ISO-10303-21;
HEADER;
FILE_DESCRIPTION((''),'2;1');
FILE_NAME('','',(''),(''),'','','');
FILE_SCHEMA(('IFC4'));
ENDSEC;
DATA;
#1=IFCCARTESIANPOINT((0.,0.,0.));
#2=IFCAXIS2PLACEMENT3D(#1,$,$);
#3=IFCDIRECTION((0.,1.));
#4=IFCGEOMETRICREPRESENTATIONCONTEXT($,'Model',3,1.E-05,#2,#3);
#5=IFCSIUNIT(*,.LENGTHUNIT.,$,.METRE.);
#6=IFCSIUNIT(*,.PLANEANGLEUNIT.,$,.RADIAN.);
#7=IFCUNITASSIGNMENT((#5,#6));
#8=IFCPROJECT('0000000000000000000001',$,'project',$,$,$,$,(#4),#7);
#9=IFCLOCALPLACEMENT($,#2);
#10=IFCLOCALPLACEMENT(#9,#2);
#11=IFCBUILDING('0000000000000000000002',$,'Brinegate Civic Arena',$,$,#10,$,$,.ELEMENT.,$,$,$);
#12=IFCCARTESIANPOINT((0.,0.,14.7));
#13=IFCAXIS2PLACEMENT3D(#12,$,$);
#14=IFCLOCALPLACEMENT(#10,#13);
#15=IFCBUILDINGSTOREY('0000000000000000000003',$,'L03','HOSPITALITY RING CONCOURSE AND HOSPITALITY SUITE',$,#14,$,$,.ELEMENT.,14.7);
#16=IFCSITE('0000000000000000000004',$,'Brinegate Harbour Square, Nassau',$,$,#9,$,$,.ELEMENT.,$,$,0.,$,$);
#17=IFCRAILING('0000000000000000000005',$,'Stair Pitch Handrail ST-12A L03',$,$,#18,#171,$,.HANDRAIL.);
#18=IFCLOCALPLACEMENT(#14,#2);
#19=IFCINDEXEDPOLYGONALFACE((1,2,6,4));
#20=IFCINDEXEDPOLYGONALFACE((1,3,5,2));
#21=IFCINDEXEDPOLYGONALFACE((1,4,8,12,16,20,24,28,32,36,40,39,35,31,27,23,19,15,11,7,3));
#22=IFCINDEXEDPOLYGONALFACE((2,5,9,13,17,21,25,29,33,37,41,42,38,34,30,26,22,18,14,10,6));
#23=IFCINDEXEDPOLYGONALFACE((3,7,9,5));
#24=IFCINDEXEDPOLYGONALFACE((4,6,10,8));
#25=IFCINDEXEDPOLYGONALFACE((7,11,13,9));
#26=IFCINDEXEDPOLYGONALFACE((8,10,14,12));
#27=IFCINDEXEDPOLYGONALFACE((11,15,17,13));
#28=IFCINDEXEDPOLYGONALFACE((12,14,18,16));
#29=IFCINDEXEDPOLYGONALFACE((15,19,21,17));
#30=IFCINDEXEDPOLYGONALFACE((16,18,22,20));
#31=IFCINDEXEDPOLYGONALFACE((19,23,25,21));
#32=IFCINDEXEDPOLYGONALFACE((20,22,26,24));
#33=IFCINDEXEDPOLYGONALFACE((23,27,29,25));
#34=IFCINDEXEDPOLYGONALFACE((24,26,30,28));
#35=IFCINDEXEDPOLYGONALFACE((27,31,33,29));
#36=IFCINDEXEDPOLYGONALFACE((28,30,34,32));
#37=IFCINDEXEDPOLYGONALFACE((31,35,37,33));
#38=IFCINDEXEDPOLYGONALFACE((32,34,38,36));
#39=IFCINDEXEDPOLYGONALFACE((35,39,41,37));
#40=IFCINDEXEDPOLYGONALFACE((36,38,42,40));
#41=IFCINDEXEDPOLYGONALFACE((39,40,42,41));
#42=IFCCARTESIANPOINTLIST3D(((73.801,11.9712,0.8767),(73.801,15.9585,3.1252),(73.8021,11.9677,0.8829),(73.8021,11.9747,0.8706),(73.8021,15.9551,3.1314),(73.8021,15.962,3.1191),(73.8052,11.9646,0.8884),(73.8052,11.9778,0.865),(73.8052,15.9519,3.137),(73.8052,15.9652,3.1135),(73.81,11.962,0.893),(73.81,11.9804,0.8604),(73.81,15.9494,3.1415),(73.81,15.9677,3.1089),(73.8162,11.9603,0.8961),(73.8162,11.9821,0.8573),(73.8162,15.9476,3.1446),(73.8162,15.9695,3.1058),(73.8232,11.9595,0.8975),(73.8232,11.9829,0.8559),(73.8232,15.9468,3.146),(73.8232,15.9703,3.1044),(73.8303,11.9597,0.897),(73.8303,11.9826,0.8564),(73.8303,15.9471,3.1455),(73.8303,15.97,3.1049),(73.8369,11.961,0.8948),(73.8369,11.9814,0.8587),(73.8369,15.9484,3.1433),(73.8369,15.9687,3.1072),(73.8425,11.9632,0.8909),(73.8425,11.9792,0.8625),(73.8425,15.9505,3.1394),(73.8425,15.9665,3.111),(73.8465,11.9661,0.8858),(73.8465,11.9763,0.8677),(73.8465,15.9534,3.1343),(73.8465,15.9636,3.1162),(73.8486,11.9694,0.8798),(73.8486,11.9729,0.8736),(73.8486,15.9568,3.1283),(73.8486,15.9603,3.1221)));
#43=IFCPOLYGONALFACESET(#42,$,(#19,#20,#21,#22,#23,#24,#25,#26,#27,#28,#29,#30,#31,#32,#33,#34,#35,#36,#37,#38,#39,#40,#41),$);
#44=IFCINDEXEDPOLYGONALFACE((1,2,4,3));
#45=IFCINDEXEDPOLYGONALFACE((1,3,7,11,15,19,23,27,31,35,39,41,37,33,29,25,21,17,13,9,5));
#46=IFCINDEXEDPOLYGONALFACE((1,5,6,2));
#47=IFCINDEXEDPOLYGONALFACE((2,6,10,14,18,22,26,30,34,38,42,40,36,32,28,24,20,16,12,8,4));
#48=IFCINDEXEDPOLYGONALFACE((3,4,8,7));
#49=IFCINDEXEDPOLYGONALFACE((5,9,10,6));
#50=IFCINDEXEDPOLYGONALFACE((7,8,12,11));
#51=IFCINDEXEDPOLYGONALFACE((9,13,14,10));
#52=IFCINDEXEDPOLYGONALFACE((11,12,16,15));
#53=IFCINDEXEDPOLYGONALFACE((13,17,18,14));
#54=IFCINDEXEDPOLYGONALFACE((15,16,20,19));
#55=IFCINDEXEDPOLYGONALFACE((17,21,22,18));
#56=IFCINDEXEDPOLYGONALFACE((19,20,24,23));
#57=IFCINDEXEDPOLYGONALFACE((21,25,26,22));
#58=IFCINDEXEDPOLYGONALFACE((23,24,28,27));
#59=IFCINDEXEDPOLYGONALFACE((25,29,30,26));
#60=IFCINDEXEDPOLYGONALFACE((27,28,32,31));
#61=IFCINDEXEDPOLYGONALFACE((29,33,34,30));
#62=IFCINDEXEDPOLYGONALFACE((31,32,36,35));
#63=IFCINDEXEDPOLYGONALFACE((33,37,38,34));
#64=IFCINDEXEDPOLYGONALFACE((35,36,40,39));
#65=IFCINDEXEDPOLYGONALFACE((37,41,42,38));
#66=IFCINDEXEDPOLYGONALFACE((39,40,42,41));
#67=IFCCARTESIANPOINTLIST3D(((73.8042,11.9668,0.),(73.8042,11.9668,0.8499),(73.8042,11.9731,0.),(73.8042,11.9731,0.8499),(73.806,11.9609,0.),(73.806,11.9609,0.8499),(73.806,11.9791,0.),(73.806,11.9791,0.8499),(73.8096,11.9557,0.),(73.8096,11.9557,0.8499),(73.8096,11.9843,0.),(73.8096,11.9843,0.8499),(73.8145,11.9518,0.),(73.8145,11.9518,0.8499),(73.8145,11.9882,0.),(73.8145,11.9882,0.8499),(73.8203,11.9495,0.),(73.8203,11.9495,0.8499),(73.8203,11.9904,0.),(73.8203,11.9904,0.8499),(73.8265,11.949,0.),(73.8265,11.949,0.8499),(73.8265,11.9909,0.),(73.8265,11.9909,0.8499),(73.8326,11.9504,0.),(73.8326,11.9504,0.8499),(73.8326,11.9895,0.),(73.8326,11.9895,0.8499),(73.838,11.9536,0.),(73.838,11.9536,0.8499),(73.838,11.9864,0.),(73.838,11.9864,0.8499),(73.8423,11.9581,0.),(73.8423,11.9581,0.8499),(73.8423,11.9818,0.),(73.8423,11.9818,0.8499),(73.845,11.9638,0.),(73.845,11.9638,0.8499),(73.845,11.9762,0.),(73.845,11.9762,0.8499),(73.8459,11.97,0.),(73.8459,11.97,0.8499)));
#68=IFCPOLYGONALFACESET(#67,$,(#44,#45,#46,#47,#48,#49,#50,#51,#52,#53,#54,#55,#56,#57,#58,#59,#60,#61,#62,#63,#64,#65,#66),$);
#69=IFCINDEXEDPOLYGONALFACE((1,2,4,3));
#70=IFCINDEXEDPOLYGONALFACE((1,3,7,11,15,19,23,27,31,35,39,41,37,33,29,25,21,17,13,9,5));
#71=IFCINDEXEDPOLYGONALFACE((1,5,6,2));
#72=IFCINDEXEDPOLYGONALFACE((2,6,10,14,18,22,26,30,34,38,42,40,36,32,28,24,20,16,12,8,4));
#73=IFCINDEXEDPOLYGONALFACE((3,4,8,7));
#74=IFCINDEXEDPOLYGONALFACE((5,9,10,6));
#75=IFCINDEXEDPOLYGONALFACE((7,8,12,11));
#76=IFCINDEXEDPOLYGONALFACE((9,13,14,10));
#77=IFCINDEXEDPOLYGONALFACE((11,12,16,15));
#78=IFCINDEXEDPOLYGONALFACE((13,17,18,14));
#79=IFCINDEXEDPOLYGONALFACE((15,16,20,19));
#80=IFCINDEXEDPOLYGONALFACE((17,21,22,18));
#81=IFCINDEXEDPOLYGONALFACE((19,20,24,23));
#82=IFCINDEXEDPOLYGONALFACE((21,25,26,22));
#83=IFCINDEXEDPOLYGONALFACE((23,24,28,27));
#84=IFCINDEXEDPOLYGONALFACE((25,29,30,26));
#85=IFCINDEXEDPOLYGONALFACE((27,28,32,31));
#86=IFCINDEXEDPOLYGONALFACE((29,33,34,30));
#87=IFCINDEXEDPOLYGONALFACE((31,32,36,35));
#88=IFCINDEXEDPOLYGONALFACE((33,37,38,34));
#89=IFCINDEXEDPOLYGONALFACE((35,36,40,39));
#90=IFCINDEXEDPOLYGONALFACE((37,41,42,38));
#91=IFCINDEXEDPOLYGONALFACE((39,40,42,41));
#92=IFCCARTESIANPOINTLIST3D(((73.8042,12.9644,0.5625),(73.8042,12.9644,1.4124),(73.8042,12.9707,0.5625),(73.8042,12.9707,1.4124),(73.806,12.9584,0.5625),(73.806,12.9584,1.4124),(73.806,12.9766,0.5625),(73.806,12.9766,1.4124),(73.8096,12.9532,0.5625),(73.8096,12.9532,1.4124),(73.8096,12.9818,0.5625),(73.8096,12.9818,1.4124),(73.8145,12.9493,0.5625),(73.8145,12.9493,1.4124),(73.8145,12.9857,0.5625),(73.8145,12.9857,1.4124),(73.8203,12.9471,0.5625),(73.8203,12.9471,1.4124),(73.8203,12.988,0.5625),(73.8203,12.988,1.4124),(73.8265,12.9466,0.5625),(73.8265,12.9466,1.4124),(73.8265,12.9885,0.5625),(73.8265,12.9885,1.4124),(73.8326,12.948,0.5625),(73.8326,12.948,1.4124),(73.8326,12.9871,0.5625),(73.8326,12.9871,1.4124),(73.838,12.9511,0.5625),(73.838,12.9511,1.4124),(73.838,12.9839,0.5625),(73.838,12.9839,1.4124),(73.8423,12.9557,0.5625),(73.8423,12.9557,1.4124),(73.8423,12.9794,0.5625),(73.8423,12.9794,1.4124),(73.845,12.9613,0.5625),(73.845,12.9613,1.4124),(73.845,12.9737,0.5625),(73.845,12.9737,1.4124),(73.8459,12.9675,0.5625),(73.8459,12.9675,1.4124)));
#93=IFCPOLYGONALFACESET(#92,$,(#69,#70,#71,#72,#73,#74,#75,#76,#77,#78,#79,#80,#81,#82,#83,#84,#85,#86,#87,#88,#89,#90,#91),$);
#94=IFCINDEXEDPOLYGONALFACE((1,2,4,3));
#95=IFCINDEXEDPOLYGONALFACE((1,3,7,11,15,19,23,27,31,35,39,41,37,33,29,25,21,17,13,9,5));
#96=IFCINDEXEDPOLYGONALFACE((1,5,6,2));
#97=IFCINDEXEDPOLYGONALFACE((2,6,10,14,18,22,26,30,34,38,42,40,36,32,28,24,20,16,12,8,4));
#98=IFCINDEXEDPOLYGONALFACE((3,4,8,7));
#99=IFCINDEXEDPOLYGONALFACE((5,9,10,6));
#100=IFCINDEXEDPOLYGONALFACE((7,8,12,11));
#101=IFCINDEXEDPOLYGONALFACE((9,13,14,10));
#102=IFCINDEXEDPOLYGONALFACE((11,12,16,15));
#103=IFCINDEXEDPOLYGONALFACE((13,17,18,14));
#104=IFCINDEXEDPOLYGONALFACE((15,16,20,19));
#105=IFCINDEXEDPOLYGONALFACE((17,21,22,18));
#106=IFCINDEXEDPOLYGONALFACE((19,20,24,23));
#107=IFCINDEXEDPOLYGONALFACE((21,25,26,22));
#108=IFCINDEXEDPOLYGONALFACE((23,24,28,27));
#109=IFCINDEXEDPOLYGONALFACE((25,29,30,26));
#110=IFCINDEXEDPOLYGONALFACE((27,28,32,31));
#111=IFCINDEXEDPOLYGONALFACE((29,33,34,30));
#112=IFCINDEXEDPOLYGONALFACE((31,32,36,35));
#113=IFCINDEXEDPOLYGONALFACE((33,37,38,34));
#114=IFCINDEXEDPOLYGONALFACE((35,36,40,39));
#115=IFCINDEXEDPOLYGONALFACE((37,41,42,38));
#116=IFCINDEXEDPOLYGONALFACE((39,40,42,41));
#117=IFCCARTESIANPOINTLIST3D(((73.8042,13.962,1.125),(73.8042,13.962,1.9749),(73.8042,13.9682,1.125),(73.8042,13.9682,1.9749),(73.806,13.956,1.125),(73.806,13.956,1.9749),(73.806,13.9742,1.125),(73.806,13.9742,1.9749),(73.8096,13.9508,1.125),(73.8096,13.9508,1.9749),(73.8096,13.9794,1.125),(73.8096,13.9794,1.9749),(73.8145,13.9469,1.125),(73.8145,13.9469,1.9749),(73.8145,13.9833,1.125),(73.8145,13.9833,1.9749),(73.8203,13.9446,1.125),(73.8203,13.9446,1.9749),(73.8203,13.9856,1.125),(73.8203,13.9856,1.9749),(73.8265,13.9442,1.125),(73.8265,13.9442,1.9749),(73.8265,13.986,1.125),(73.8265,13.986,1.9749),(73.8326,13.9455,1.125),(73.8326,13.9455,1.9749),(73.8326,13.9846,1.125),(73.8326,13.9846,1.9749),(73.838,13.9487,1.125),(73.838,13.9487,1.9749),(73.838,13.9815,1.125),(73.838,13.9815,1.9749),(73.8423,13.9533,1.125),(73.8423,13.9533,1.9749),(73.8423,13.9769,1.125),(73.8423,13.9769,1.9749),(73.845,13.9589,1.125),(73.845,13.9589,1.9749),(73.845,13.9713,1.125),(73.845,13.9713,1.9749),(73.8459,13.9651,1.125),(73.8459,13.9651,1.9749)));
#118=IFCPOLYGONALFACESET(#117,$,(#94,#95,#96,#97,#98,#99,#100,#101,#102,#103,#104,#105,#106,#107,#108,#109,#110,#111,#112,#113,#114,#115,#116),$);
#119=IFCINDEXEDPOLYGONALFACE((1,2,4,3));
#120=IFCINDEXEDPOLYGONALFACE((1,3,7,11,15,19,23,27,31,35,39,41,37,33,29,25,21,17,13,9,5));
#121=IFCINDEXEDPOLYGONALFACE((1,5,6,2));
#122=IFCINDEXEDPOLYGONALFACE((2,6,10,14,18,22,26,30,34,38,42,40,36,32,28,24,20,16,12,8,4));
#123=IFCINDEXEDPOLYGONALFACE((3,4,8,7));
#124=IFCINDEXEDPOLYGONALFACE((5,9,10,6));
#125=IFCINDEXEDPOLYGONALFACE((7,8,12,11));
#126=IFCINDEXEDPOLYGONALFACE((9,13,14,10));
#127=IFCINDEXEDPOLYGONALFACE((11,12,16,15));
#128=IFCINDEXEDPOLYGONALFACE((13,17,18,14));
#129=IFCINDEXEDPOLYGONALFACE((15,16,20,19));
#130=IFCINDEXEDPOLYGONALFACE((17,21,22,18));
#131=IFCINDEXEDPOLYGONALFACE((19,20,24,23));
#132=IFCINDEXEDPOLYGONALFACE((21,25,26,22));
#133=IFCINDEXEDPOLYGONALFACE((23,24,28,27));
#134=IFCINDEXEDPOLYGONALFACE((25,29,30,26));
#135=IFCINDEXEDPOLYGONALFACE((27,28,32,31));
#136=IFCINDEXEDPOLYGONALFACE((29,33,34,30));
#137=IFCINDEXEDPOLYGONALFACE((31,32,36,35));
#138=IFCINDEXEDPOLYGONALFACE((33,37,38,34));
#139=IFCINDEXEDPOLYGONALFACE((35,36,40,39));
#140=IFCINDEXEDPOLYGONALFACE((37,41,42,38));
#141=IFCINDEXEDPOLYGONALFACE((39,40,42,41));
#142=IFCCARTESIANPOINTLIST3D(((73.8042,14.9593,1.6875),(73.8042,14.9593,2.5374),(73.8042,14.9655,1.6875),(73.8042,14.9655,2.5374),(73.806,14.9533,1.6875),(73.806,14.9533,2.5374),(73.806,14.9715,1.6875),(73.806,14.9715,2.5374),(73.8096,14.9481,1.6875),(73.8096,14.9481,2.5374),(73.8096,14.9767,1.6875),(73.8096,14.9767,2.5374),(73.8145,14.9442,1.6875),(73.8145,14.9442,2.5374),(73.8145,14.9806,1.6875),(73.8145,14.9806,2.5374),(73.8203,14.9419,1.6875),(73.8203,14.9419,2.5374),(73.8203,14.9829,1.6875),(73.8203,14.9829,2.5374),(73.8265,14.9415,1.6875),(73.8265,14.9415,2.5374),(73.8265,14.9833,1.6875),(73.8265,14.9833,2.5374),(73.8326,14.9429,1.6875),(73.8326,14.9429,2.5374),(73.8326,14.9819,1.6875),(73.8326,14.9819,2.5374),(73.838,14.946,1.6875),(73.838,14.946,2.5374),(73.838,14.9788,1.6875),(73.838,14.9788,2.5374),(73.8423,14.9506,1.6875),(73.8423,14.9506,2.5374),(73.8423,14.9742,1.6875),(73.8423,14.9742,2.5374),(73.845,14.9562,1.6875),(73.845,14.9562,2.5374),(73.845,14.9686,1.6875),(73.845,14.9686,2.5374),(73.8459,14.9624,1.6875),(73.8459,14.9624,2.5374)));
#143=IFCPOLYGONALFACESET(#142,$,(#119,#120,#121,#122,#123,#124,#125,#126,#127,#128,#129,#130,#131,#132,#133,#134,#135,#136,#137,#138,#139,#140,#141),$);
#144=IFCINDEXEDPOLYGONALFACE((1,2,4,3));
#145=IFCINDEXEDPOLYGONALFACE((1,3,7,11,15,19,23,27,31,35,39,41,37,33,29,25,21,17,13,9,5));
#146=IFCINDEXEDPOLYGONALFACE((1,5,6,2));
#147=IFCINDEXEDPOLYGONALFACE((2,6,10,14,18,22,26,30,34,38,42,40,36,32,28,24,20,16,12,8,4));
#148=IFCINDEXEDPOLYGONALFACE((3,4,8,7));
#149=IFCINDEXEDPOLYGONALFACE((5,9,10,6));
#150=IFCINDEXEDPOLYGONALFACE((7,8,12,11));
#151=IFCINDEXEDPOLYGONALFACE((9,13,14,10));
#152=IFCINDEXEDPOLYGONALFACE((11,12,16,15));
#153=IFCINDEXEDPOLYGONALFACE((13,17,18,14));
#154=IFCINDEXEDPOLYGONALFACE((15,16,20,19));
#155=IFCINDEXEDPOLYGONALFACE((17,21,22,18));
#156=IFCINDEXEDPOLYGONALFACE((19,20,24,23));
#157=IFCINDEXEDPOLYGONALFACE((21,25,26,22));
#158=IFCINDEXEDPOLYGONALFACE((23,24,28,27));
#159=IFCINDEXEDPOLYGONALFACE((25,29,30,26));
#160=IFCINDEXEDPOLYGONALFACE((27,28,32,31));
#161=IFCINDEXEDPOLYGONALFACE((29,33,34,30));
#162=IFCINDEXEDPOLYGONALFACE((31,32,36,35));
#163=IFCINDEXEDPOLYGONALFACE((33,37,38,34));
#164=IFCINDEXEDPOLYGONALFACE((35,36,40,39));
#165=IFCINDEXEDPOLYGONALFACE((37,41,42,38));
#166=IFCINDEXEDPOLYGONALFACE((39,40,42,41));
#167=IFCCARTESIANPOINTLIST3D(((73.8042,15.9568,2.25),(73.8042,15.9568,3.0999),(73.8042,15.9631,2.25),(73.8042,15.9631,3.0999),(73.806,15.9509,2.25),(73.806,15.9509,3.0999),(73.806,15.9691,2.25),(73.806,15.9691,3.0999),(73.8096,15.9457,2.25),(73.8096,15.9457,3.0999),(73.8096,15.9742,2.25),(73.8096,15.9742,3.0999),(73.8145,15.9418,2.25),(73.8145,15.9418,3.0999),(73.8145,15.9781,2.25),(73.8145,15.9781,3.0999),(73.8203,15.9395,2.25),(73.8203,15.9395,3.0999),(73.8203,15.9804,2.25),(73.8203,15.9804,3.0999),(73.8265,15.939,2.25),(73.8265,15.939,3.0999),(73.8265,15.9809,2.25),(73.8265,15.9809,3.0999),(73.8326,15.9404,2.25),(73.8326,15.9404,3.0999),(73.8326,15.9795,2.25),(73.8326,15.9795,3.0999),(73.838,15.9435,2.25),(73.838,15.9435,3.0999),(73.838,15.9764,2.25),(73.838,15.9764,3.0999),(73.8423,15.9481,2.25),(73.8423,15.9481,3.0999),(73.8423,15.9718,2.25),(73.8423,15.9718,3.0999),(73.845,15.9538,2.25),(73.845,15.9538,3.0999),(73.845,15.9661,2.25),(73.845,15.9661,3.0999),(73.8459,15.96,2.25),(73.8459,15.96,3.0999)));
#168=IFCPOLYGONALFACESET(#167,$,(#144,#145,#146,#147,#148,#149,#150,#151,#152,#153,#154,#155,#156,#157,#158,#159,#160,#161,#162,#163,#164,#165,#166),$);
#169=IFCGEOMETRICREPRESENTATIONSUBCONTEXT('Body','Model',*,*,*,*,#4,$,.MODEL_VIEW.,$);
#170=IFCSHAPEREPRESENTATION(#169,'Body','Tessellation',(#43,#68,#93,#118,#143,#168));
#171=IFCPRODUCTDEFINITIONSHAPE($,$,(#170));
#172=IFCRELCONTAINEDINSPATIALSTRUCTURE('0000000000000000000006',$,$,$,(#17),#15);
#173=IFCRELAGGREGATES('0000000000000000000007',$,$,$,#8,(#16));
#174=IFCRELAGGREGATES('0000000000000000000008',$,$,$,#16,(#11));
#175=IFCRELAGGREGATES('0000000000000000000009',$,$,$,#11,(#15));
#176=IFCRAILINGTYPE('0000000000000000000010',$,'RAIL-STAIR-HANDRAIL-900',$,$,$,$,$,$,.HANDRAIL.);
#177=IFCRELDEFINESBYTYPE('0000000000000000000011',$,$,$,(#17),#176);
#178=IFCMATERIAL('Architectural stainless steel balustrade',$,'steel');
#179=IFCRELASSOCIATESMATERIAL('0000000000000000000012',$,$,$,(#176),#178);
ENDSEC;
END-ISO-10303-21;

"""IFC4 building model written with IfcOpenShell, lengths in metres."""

from ifc_helpers import new_model, si_unit, direction, frame, origin, origin_2d, place, context, subcontext, project, spatial, circle, extrude, material, type_object, element, save


model = new_model("IFC4")

# Units and contexts
model_context = context("Model", 3, precision=1e-05, world=origin(), true_north=direction((0.0, 1.0)))
body_context = subcontext(model_context, "Body", "Model", "MODEL_VIEW")
ifc_project = project(units=[si_unit("LENGTHUNIT", "METRE"), si_unit("PLANEANGLEUNIT", "RADIAN")], contexts=[model_context])

# Site, building, storey
site_placement = place(None, origin())
site = spatial("IfcSite", under=ifc_project, at=site_placement, Name="Brinegate Harbour Square, Nassau", CompositionType="ELEMENT", RefElevation=0.0)
building_placement = place(site_placement, origin())
building = spatial("IfcBuilding", under=site, at=building_placement, Name="Brinegate Civic Arena", CompositionType="ELEMENT")
storey_placement = place(building_placement, frame((0.0, 0.0, 14.7)))
storey = spatial("IfcBuildingStorey", under=building, at=storey_placement, Name="L03", Description="HOSPITALITY RING CONCOURSE AND HOSPITALITY SUITE", CompositionType="ELEMENT", Elevation=14.7)

# Railing
ifc_material_1 = material(Name="Architectural stainless steel balustrade", Category="steel")
railing_type_1 = type_object("IfcRailingType", Name="RAIL-STAIR-HANDRAIL-900", PredefinedType="HANDRAIL", material=ifc_material_1)
for number, where, name in (
    (1, (73.825, 11.97, 0.0), "Stair Pitch Handrail ST-12A L03"),
):
    element("IfcRailing", number, at=place(storey_placement, frame(where)), inside=storey, type_object=railing_type_1, Name=name, PredefinedType="HANDRAIL", context=body_context, shape_type="SweptSolid", body=[
        extrude(circle(Radius=0.0239, at=origin_2d()), frame((0.0, 0.0012, 0.8767), z_axis=(0.0, 0.87105, 0.491195), x_axis=(-1.0, 0.0, 0.0)), (0.0, 0.0, 1.0), 4.5776),
        extrude(circle(Radius=0.021, at=origin_2d()), origin(), (0.0, 0.0, 1.0), 0.8499),
        extrude(circle(Radius=0.021, at=origin_2d()), frame((0.0, 0.9976, 0.5625)), (0.0, 0.0, 1.0), 0.8499),
        extrude(circle(Radius=0.021, at=origin_2d()), frame((0.0, 1.9951, 1.125)), (0.0, 0.0, 1.0), 0.8499),
        extrude(circle(Radius=0.021, at=origin_2d()), frame((0.0, 2.9924, 1.6875)), (0.0, 0.0, 1.0), 0.8499),
        extrude(circle(Radius=0.021, at=origin_2d()), frame((0.0, 3.99, 2.25)), (0.0, 0.0, 1.0), 0.8499),
    ])

save(model, "model.ifc")
